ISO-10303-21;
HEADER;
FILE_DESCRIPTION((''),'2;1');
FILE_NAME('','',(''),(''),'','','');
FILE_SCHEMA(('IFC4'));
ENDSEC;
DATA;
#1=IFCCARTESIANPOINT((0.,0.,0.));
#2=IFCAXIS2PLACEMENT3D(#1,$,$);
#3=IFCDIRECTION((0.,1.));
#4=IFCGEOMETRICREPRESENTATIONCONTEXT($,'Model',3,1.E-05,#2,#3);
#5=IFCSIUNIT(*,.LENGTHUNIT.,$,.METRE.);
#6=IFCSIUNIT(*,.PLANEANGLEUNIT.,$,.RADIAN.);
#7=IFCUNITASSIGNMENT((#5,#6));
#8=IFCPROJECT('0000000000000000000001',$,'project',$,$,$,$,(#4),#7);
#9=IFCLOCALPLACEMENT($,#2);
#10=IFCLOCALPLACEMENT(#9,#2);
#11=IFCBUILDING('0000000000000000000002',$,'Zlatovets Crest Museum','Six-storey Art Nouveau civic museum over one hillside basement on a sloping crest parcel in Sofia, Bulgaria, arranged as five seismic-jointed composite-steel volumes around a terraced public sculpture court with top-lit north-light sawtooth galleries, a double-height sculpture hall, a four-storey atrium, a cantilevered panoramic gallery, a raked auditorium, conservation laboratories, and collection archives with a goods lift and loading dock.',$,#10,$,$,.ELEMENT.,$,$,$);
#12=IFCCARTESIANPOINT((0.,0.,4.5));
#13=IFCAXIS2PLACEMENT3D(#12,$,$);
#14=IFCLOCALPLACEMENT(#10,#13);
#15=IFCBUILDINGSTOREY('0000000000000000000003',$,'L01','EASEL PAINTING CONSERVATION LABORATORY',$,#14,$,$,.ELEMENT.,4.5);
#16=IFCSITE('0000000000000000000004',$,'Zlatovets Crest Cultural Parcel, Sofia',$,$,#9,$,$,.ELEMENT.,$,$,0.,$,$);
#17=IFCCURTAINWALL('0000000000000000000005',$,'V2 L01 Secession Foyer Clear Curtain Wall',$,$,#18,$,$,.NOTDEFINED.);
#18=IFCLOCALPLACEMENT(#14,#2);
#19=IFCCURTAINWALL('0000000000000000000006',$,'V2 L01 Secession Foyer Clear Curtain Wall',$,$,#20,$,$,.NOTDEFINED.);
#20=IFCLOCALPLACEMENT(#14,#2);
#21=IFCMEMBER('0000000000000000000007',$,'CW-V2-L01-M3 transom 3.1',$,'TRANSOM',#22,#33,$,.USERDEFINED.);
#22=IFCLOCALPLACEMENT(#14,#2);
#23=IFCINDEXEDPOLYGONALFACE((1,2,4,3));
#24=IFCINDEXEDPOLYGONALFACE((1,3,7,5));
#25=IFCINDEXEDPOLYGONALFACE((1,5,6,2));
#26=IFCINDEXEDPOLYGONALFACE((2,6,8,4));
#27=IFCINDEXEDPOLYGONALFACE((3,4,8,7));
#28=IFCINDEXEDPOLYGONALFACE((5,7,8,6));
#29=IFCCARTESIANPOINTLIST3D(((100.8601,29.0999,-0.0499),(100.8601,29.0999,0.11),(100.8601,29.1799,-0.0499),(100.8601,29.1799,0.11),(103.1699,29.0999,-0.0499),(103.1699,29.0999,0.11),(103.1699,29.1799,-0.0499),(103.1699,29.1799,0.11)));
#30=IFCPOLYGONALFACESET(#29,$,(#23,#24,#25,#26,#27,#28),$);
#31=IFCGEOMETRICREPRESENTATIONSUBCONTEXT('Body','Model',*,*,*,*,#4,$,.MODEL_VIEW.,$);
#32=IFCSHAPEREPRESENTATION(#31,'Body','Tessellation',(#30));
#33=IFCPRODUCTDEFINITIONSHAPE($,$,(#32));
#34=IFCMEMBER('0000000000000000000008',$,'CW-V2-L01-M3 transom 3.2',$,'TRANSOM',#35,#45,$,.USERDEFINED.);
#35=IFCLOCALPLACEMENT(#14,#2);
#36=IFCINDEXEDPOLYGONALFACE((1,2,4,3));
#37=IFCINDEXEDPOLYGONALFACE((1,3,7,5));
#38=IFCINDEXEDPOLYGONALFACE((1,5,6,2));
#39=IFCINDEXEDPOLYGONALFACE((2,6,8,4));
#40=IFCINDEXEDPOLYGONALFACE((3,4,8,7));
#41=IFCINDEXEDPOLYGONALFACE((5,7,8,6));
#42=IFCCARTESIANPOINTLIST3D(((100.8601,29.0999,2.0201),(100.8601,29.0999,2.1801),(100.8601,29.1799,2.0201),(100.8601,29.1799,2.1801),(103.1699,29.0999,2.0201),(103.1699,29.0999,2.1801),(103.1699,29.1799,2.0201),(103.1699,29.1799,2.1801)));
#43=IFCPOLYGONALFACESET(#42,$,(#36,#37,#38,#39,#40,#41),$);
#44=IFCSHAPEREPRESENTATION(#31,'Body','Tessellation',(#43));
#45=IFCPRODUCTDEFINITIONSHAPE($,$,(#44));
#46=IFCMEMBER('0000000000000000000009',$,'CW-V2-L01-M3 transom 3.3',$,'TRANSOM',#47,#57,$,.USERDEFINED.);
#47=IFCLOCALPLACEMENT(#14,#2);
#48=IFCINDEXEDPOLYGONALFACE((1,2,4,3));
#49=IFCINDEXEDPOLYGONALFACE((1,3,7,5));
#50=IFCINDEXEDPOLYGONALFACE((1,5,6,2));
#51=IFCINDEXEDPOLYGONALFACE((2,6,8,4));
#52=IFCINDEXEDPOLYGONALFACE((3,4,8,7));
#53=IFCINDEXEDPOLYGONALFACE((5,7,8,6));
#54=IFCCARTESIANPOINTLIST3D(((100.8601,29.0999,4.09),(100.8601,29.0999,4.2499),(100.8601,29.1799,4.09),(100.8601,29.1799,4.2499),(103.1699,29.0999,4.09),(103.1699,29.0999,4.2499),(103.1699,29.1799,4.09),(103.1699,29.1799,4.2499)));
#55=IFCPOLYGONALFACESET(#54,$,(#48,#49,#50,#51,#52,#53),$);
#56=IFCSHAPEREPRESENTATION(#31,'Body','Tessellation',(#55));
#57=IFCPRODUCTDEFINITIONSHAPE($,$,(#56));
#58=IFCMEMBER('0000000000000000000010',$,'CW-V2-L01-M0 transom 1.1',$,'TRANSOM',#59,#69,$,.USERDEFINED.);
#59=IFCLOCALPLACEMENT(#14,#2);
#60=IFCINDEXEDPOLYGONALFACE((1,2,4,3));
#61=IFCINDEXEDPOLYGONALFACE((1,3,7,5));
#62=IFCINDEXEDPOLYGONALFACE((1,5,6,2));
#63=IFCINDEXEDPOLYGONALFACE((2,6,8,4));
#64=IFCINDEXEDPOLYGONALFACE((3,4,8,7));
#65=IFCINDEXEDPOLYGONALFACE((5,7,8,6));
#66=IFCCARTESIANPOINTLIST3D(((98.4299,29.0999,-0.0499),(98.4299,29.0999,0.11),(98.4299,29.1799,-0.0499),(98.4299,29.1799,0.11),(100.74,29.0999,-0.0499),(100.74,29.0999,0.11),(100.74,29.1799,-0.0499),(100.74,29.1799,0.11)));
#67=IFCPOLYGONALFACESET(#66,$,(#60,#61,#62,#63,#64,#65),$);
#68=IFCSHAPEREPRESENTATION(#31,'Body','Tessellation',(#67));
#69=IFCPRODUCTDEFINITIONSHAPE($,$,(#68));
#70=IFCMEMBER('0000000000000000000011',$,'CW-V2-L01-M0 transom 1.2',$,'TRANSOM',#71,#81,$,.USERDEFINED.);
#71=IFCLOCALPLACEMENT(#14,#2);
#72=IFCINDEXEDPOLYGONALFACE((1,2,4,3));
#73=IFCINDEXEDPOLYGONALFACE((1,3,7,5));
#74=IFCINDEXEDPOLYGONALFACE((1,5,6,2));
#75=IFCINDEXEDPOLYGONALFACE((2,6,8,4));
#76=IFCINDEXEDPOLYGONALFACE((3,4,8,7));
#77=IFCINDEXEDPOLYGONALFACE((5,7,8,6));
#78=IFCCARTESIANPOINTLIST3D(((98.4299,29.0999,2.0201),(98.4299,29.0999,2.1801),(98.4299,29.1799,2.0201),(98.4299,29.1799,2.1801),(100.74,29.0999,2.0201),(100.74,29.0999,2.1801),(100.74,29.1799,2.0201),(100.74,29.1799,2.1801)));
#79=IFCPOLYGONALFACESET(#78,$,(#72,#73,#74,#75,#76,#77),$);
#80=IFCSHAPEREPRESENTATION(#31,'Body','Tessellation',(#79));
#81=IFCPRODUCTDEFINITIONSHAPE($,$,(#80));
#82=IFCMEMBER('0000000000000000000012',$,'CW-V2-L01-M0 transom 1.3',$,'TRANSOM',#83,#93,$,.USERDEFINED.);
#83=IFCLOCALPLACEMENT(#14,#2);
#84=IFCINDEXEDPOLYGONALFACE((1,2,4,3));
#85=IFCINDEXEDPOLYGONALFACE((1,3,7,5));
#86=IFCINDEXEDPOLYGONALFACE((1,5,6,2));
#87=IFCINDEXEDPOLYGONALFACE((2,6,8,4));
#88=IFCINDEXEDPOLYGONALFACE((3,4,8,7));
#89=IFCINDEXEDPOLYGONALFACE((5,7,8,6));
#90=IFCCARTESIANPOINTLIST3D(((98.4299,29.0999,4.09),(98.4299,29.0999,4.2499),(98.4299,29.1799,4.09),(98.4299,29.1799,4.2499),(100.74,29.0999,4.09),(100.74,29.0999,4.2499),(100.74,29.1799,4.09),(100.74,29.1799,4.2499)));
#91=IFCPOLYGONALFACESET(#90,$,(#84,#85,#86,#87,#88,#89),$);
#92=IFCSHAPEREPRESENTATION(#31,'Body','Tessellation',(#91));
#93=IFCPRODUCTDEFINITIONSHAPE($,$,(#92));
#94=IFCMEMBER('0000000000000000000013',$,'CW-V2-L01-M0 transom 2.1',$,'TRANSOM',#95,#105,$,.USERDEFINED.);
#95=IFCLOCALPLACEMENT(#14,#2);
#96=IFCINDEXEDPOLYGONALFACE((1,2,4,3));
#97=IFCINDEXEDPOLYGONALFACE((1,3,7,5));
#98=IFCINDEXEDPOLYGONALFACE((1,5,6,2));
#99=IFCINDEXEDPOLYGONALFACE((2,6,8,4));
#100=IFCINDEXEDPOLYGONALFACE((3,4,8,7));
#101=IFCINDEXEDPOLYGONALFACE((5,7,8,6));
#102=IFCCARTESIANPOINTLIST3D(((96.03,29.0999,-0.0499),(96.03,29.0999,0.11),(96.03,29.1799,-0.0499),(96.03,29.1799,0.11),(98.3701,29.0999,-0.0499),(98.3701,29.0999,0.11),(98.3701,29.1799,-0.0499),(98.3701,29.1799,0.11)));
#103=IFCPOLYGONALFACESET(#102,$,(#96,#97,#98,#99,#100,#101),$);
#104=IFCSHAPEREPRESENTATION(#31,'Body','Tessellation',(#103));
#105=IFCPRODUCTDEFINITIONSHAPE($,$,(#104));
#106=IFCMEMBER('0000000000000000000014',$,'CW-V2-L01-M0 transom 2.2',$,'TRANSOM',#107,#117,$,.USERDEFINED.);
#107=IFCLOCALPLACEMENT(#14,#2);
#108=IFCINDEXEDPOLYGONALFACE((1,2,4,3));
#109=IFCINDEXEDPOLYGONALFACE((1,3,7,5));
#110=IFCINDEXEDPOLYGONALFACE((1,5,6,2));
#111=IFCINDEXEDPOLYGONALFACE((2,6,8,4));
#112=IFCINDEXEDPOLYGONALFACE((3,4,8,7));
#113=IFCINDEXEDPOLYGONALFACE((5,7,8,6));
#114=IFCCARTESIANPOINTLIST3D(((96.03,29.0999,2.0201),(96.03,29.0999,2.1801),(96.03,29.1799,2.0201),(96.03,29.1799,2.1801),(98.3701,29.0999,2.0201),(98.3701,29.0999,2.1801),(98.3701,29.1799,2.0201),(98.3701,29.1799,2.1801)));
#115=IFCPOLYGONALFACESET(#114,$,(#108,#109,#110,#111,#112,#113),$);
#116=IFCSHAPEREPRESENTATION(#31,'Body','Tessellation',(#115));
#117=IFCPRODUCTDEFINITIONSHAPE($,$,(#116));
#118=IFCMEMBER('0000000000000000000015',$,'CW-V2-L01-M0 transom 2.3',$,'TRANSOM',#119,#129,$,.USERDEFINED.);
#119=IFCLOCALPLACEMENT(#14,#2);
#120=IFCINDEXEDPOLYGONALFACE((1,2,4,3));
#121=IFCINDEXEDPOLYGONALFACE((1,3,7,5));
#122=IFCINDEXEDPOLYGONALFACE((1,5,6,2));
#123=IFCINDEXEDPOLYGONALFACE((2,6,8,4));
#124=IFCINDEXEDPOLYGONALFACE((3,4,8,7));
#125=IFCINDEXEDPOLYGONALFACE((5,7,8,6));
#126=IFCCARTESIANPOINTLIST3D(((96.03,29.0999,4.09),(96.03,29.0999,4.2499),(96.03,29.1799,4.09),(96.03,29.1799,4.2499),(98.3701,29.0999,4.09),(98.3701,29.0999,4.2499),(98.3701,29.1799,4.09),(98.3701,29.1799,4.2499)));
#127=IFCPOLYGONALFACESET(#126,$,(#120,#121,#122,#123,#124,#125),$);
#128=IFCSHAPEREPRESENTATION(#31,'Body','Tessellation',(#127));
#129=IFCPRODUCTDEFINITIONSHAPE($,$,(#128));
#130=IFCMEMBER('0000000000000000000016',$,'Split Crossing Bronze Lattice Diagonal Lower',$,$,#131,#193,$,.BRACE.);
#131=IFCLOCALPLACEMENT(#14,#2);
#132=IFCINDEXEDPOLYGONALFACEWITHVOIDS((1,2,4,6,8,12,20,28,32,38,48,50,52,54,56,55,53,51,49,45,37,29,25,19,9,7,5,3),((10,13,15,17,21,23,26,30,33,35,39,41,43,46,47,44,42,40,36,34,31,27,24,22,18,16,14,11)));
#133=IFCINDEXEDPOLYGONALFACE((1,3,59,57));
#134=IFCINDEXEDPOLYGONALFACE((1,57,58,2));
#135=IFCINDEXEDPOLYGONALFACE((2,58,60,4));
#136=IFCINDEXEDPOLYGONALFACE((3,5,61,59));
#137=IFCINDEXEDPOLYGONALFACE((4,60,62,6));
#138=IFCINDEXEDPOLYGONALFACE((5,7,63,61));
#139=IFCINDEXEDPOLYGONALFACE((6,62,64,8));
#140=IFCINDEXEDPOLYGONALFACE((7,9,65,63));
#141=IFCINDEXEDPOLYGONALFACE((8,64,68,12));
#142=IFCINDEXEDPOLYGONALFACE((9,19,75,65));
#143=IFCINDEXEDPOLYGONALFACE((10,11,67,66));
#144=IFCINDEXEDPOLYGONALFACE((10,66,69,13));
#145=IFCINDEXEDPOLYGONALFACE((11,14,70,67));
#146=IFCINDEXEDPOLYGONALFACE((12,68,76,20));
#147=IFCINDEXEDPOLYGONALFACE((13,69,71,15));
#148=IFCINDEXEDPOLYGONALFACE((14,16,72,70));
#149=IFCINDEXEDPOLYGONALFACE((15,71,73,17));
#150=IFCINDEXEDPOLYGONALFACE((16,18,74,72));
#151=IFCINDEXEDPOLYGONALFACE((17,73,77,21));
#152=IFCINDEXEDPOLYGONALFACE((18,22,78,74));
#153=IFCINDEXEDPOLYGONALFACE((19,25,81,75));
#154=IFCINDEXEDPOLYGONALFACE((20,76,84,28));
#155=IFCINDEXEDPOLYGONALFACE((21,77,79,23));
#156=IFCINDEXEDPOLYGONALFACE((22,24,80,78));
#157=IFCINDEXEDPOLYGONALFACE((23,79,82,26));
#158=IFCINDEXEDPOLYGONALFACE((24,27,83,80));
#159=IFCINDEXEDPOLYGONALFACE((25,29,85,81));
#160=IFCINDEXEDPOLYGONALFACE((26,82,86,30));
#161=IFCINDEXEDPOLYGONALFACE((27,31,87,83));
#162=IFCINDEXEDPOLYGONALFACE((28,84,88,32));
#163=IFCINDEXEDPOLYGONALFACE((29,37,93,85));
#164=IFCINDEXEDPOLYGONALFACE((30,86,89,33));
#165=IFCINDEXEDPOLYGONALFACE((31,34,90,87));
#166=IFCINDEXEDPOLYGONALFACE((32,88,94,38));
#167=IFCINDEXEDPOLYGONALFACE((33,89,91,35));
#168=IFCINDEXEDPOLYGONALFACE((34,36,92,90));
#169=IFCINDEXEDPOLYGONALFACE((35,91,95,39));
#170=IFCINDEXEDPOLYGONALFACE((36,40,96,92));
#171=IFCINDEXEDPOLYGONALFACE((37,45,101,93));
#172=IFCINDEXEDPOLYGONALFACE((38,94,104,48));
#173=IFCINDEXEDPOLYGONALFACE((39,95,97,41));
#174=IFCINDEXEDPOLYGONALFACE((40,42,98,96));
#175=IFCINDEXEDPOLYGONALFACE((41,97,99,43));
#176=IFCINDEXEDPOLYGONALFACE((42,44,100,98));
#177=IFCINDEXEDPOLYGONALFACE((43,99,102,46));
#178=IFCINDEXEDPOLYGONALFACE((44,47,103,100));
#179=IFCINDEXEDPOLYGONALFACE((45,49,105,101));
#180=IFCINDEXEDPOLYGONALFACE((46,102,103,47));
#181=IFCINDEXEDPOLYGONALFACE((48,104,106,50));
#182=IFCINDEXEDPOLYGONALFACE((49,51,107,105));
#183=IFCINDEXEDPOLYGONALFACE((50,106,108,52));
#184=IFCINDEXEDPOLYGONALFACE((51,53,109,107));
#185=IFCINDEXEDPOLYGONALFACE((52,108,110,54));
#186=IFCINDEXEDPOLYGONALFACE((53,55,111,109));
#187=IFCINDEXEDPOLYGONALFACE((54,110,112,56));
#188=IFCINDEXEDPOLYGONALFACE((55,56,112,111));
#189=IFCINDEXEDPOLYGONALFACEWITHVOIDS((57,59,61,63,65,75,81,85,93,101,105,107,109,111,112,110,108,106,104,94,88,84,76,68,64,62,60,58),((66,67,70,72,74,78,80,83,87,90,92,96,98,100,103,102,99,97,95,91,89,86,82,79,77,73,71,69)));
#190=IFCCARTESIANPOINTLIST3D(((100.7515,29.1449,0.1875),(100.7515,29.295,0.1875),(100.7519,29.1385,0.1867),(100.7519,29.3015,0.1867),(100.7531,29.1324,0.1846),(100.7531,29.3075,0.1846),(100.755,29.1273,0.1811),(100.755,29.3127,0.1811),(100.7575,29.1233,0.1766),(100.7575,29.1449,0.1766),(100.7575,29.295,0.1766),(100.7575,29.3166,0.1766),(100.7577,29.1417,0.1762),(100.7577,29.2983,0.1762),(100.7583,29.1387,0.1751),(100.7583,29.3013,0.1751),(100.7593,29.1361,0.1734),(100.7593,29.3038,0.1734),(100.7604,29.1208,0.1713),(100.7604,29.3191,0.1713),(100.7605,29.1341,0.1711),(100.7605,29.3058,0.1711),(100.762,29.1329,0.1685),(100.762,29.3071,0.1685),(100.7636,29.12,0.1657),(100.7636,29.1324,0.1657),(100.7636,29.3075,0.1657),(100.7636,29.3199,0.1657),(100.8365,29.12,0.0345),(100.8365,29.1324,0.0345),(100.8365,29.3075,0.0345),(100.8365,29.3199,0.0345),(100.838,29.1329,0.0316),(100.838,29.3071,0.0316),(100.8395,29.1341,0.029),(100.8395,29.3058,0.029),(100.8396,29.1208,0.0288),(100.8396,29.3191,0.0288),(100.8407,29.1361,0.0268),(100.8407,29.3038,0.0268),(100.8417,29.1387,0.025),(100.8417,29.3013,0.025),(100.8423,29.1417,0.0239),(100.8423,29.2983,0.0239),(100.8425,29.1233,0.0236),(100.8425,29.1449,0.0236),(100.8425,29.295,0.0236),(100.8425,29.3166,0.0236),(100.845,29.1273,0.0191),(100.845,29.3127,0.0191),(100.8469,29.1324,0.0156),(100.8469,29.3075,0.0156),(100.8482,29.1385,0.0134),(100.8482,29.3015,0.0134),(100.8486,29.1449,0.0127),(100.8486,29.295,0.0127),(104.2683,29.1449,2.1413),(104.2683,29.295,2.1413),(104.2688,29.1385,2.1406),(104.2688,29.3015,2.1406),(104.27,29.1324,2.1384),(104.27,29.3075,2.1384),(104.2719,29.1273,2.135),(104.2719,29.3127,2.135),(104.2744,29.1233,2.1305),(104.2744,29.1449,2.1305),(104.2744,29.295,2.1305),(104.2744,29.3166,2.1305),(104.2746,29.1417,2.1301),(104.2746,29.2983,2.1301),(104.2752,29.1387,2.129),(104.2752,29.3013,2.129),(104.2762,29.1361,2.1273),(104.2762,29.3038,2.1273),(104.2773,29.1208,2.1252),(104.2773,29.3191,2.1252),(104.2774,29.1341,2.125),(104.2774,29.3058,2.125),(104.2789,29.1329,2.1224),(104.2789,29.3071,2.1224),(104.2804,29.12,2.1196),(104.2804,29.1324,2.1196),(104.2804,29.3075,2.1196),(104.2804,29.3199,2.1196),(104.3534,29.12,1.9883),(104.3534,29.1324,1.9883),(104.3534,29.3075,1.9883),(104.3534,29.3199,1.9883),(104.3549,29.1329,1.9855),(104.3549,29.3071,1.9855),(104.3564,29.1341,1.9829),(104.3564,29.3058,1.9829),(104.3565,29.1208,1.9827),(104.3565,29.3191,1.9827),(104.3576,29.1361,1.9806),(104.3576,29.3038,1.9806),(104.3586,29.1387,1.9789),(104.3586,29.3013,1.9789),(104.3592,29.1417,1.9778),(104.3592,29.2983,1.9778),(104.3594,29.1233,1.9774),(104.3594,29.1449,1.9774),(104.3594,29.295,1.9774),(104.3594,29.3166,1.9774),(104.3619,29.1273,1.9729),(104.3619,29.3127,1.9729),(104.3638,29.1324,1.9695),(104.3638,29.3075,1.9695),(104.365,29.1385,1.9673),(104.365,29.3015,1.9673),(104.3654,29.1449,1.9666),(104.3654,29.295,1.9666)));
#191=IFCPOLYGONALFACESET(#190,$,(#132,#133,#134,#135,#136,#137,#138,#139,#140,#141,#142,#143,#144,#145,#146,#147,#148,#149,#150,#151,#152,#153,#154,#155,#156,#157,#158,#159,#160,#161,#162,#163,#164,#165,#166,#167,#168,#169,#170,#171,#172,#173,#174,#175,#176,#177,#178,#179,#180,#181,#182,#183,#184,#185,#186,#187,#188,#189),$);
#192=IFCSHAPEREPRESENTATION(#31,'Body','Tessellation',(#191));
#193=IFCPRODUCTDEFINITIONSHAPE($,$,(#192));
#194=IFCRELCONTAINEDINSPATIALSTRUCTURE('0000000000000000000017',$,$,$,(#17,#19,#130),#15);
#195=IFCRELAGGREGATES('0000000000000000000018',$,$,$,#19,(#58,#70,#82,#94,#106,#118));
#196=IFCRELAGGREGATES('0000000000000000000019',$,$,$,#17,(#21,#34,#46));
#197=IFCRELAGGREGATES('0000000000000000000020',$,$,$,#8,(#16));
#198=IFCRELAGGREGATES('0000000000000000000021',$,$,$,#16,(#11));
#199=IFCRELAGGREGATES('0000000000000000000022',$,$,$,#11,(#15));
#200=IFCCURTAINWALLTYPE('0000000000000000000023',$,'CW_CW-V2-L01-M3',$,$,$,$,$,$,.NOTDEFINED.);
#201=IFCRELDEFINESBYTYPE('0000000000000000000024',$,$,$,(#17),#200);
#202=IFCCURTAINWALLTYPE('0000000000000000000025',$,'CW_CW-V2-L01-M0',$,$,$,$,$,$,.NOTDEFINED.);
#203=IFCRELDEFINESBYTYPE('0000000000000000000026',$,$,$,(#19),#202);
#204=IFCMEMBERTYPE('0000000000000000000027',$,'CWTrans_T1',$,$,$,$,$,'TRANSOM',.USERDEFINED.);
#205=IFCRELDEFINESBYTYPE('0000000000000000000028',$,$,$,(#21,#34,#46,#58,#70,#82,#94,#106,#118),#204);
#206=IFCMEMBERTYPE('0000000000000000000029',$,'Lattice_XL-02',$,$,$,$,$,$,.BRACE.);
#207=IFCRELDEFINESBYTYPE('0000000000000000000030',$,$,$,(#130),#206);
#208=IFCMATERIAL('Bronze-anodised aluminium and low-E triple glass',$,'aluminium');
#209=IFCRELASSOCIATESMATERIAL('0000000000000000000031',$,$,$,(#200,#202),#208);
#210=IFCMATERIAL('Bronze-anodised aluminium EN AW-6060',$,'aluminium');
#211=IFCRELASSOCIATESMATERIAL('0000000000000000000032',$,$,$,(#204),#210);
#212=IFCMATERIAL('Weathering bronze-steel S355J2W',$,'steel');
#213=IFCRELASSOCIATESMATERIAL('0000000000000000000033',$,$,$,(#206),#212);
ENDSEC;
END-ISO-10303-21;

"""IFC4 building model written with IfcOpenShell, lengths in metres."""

from ifc_helpers import new_model, si_unit, direction, frame, origin, origin_2d, place, context, subcontext, project, spatial, rectangle, hollow_rectangle, extrude, material, material_profile, profile_set, type_object, element, aggregate, save


model = new_model("IFC4")

# Units and contexts
model_context = context("Model", 3, precision=1e-05, world=origin(), true_north=direction((0.0, 1.0)))
body_context = subcontext(model_context, "Body", "Model", "MODEL_VIEW")
ifc_project = project(units=[si_unit("LENGTHUNIT", "METRE"), si_unit("PLANEANGLEUNIT", "RADIAN")], contexts=[model_context])

# Site, building, storey
site_placement = place(None, origin())
site = spatial("IfcSite", under=ifc_project, at=site_placement, Name="Zlatovets Crest Cultural Parcel, Sofia", CompositionType="ELEMENT", RefElevation=0.0)
building_placement = place(site_placement, origin())
building = spatial("IfcBuilding", under=site, at=building_placement, Name="Zlatovets Crest Museum", Description="Six-storey Art Nouveau civic museum over one hillside basement on a sloping crest parcel in Sofia, Bulgaria, arranged as five seismic-jointed composite-steel volumes around a terraced public sculpture court with top-lit north-light sawtooth galleries, a double-height sculpture hall, a four-storey atrium, a cantilevered panoramic gallery, a raked auditorium, conservation laboratories, and collection archives with a goods lift and loading dock.", CompositionType="ELEMENT")
storey_placement = place(building_placement, frame((0.0, 0.0, 4.5)))
storey = spatial("IfcBuildingStorey", under=building, at=storey_placement, Name="L01", Description="EASEL PAINTING CONSERVATION LABORATORY", CompositionType="ELEMENT", Elevation=4.5)

# Curtain walls
ifc_material_1 = material(Name="Bronze-anodised aluminium and low-E triple glass", Category="aluminium")
curtain_wall_type_1 = type_object("IfcCurtainWallType", Name="CW_CW-V2-L01-M3", PredefinedType="NOTDEFINED", material=ifc_material_1)
curtain_wall_1_placement = place(storey_placement, origin())
curtain_wall_1 = element("IfcCurtainWall", 1, at=curtain_wall_1_placement, inside=storey, type_object=curtain_wall_type_1, Name="V2 L01 Secession Foyer Clear Curtain Wall", PredefinedType="NOTDEFINED")
ifc_material_2 = material(Name="Bronze-anodised aluminium EN AW-6060", Category="aluminium")
curtain_wall_type_2 = type_object("IfcCurtainWallType", Name="CW_CW-V2-L01-M0", PredefinedType="NOTDEFINED", material=ifc_material_1)
curtain_wall_2_placement = place(storey_placement, origin())
curtain_wall_2 = element("IfcCurtainWall", 2, at=curtain_wall_2_placement, inside=storey, type_object=curtain_wall_type_2, Name="V2 L01 Secession Foyer Clear Curtain Wall", PredefinedType="NOTDEFINED")

# Members
ifc_material_profile_1 = material_profile(ifc_material_2, rectangle(XDim=0.0801, YDim=0.1599, at=origin_2d()), Name="ALU 80x160")
ifc_profile_set_1 = profile_set([ifc_material_profile_1], Name="Bronze-anodised aluminium EN AW-6060")
member_type_1 = type_object("IfcMemberType", Name="CWTrans_T1", ElementType="TRANSOM", PredefinedType="USERDEFINED", material=ifc_profile_set_1)
member_1_placement = place(storey_placement, frame((103.1699, 29.1399, 0.03), z_axis=(-1.0, 0.0, 0.0), x_axis=(0.0, -1.0, 0.0)))
member_1 = element("IfcMember", 3, at=member_1_placement, type_object=member_type_1, Name="CW-V2-L01-M3 transom 3.1", ObjectType="TRANSOM", PredefinedType="USERDEFINED", context=body_context, shape_type="SweptSolid", body=[
    extrude(rectangle(XDim=0.0801, YDim=0.1599, at=origin_2d()), origin(), (0.0, 0.0, 1.0), 2.3098),
])
member_2_placement = place(storey_placement, frame((103.1699, 29.1399, 2.1001), z_axis=(-1.0, 0.0, 0.0), x_axis=(0.0, -1.0, 0.0)))
member_2 = element("IfcMember", 4, at=member_2_placement, type_object=member_type_1, Name="CW-V2-L01-M3 transom 3.2", ObjectType="TRANSOM", PredefinedType="USERDEFINED", context=body_context, shape_type="SweptSolid", body=[
    extrude(rectangle(XDim=0.0801, YDim=0.1599, at=origin_2d()), origin(), (0.0, 0.0, 1.0), 2.3098),
])
member_3_placement = place(storey_placement, frame((103.1699, 29.1399, 4.1699), z_axis=(-1.0, 0.0, 0.0), x_axis=(0.0, -1.0, 0.0)))
member_3 = element("IfcMember", 5, at=member_3_placement, type_object=member_type_1, Name="CW-V2-L01-M3 transom 3.3", ObjectType="TRANSOM", PredefinedType="USERDEFINED", context=body_context, shape_type="SweptSolid", body=[
    extrude(rectangle(XDim=0.0801, YDim=0.1599, at=origin_2d()), origin(), (0.0, 0.0, 1.0), 2.3098),
])
member_4_placement = place(storey_placement, frame((100.74, 29.1399, 0.03), z_axis=(-1.0, 0.0, 0.0), x_axis=(0.0, -1.0, 0.0)))
member_4 = element("IfcMember", 6, at=member_4_placement, type_object=member_type_1, Name="CW-V2-L01-M0 transom 1.1", ObjectType="TRANSOM", PredefinedType="USERDEFINED", context=body_context, shape_type="SweptSolid", body=[
    extrude(rectangle(XDim=0.0801, YDim=0.1599, at=origin_2d()), origin(), (0.0, 0.0, 1.0), 2.3101),
])
member_5_placement = place(storey_placement, frame((100.74, 29.1399, 2.1001), z_axis=(-1.0, 0.0, 0.0), x_axis=(0.0, -1.0, 0.0)))
member_5 = element("IfcMember", 7, at=member_5_placement, type_object=member_type_1, Name="CW-V2-L01-M0 transom 1.2", ObjectType="TRANSOM", PredefinedType="USERDEFINED", context=body_context, shape_type="SweptSolid", body=[
    extrude(rectangle(XDim=0.0801, YDim=0.1599, at=origin_2d()), origin(), (0.0, 0.0, 1.0), 2.3101),
])
member_6_placement = place(storey_placement, frame((100.74, 29.1399, 4.1699), z_axis=(-1.0, 0.0, 0.0), x_axis=(0.0, -1.0, 0.0)))
member_6 = element("IfcMember", 8, at=member_6_placement, type_object=member_type_1, Name="CW-V2-L01-M0 transom 1.3", ObjectType="TRANSOM", PredefinedType="USERDEFINED", context=body_context, shape_type="SweptSolid", body=[
    extrude(rectangle(XDim=0.0801, YDim=0.1599, at=origin_2d()), origin(), (0.0, 0.0, 1.0), 2.3101),
])
member_7_placement = place(storey_placement, frame((98.3701, 29.1399, 0.03), z_axis=(-1.0, 0.0, 0.0), x_axis=(0.0, -1.0, 0.0)))
member_7 = element("IfcMember", 9, at=member_7_placement, type_object=member_type_1, Name="CW-V2-L01-M0 transom 2.1", ObjectType="TRANSOM", PredefinedType="USERDEFINED", context=body_context, shape_type="SweptSolid", body=[
    extrude(rectangle(XDim=0.0801, YDim=0.1599, at=origin_2d()), origin(), (0.0, 0.0, 1.0), 2.3401),
])
member_8_placement = place(storey_placement, frame((98.3701, 29.1399, 2.1001), z_axis=(-1.0, 0.0, 0.0), x_axis=(0.0, -1.0, 0.0)))
member_8 = element("IfcMember", 10, at=member_8_placement, type_object=member_type_1, Name="CW-V2-L01-M0 transom 2.2", ObjectType="TRANSOM", PredefinedType="USERDEFINED", context=body_context, shape_type="SweptSolid", body=[
    extrude(rectangle(XDim=0.0801, YDim=0.1599, at=origin_2d()), origin(), (0.0, 0.0, 1.0), 2.3401),
])
member_9_placement = place(storey_placement, frame((98.3701, 29.1399, 4.1699), z_axis=(-1.0, 0.0, 0.0), x_axis=(0.0, -1.0, 0.0)))
member_9 = element("IfcMember", 11, at=member_9_placement, type_object=member_type_1, Name="CW-V2-L01-M0 transom 2.3", ObjectType="TRANSOM", PredefinedType="USERDEFINED", context=body_context, shape_type="SweptSolid", body=[
    extrude(rectangle(XDim=0.0801, YDim=0.1599, at=origin_2d()), origin(), (0.0, 0.0, 1.0), 2.3401),
])

# Member
ifc_material_3 = material(Name="Weathering bronze-steel S355J2W", Category="steel")
ifc_material_profile_2 = material_profile(ifc_material_3, hollow_rectangle(XDim=0.2, YDim=0.2, WallThickness=0.0125, InnerFilletRadius=0.0125, OuterFilletRadius=0.0249, at=origin_2d()), Name="SHS 200x200x12.5")
ifc_profile_set_2 = profile_set([ifc_material_profile_2], Name="Weathering bronze-steel S355J2W")
member_type_2 = type_object("IfcMemberType", Name="Lattice_XL-02", PredefinedType="BRACE", material=ifc_profile_set_2)
member_10_placement = place(storey_placement, frame((104.3169, 29.22, 2.054), z_axis=(-0.874152, 0.0, -0.485653), x_axis=(0.0, -1.0, 0.0)))
element("IfcMember", 12, at=member_10_placement, inside=storey, type_object=member_type_2, Name="Split Crossing Bronze Lattice Diagonal Lower", PredefinedType="BRACE", context=body_context, shape_type="SweptSolid", body=[
    extrude(hollow_rectangle(XDim=0.2, YDim=0.2, WallThickness=0.0125, InnerFilletRadius=0.0125, OuterFilletRadius=0.0249, at=origin_2d()), origin(), (0.0, 0.0, 1.0), 4.0232),
])

aggregate(curtain_wall_2, [member_4, member_5, member_6, member_7, member_8, member_9])
aggregate(curtain_wall_1, [member_1, member_2, member_3])

save(model, "model.ifc")
